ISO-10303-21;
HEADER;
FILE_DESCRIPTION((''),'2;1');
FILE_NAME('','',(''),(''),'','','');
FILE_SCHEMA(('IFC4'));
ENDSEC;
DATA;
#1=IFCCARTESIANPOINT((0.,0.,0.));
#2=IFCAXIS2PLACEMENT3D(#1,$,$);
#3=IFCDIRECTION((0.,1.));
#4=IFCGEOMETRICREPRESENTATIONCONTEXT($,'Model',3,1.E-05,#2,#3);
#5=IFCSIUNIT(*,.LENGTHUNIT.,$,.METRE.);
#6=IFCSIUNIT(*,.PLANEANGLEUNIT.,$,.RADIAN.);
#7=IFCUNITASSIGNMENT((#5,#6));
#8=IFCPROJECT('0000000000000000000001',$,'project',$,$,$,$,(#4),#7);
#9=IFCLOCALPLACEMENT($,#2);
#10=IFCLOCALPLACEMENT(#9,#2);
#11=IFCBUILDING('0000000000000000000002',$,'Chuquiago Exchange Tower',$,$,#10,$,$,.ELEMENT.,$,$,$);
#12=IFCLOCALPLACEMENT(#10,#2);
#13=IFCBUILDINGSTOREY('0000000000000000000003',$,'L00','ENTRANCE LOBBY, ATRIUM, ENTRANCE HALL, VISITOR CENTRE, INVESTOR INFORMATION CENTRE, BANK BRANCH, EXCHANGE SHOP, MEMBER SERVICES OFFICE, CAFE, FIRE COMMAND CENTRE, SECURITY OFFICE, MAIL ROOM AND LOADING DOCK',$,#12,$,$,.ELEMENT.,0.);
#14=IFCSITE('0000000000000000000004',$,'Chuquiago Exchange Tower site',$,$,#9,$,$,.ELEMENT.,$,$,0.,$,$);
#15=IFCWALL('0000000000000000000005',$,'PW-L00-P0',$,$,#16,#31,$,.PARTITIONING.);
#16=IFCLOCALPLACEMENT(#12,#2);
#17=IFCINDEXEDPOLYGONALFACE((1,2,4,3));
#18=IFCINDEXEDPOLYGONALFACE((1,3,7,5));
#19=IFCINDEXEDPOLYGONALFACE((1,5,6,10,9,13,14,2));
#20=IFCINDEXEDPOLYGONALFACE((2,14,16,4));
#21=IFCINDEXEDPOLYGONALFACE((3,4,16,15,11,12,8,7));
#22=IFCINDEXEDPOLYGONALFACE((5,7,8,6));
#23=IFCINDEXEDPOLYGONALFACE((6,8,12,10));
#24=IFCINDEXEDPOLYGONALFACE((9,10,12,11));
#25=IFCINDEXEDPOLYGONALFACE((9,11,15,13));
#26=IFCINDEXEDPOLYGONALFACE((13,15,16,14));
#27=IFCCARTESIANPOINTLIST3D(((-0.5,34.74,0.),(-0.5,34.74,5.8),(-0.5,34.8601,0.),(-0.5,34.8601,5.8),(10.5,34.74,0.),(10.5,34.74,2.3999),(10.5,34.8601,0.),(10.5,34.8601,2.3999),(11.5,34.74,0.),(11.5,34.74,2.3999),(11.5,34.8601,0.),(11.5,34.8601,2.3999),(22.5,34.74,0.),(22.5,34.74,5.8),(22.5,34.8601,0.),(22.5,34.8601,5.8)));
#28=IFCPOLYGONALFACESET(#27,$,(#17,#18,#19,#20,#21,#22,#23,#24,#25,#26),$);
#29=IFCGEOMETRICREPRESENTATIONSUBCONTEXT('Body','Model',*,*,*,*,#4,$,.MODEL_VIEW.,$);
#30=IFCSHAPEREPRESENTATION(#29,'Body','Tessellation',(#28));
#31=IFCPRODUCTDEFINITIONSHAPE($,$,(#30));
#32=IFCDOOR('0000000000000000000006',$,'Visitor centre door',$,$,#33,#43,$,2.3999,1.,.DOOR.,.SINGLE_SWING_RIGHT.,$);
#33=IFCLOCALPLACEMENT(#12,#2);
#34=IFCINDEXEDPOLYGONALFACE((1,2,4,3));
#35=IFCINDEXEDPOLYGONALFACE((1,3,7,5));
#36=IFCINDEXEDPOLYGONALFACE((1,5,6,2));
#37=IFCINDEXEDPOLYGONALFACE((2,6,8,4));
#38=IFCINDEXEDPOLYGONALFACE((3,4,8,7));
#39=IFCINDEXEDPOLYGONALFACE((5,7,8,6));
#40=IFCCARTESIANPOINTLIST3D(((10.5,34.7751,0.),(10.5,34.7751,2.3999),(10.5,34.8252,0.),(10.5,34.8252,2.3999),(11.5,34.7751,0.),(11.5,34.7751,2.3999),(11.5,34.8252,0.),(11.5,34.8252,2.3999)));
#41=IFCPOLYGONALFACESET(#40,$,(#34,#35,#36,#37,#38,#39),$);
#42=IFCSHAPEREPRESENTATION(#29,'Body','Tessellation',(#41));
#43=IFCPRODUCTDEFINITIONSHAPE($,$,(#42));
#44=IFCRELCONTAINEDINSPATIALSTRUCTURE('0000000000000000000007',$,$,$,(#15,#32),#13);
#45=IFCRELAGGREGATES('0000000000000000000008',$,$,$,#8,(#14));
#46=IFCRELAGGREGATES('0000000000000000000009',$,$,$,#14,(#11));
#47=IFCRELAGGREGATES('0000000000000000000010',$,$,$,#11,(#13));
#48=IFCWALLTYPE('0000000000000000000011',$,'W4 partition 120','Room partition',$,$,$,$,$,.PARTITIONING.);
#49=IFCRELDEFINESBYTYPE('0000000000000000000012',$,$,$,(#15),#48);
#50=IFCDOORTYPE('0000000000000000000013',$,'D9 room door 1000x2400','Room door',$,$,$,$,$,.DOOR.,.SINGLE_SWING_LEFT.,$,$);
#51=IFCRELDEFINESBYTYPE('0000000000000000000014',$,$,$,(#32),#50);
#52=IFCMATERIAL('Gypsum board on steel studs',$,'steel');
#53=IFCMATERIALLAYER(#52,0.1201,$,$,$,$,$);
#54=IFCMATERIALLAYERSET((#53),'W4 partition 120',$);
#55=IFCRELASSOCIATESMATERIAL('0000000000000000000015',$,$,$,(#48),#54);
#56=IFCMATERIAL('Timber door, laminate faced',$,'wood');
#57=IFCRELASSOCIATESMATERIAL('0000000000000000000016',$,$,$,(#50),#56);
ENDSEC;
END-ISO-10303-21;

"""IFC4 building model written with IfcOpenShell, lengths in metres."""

from ifc_helpers import new_model, si_unit, direction, frame, frame_2d, origin, place, context, subcontext, project, spatial, rectangle, extrude, material, layer, layer_set, type_object, element, fill, save


model = new_model("IFC4")

# Units and contexts
model_context = context("Model", 3, precision=1e-05, world=origin(), true_north=direction((0.0, 1.0)))
body_context = subcontext(model_context, "Body", "Model", "MODEL_VIEW")
ifc_project = project(units=[si_unit("LENGTHUNIT", "METRE"), si_unit("PLANEANGLEUNIT", "RADIAN")], contexts=[model_context])

# Site, building, storey
site_placement = place(None, origin())
site = spatial("IfcSite", under=ifc_project, at=site_placement, Name="Chuquiago Exchange Tower site", CompositionType="ELEMENT", RefElevation=0.0)
building_placement = place(site_placement, origin())
building = spatial("IfcBuilding", under=site, at=building_placement, Name="Chuquiago Exchange Tower", CompositionType="ELEMENT")
storey_placement = place(building_placement, origin())
storey = spatial("IfcBuildingStorey", under=building, at=storey_placement, Name="L00", Description="ENTRANCE LOBBY, ATRIUM, ENTRANCE HALL, VISITOR CENTRE, INVESTOR INFORMATION CENTRE, BANK BRANCH, EXCHANGE SHOP, MEMBER SERVICES OFFICE, CAFE, FIRE COMMAND CENTRE, SECURITY OFFICE, MAIL ROOM AND LOADING DOCK", CompositionType="ELEMENT", Elevation=0.0)

# Wall, opening, door
ifc_material_1 = material(Name="Gypsum board on steel studs", Category="steel")
ifc_layer_1 = layer(ifc_material_1, 0.1201)
ifc_layer_set_1 = layer_set([ifc_layer_1], Name="W4 partition 120")
wall_type_1 = type_object("IfcWallType", Name="W4 partition 120", Description="Room partition", PredefinedType="PARTITIONING", material=ifc_layer_set_1)
wall_1_placement = place(storey_placement, frame((-0.5, 34.8, 0.0), z_axis=(0.0, 0.0, 1.0), x_axis=(1.0, 0.0, 0.0)))
wall_1 = element("IfcWall", 1, at=wall_1_placement, inside=storey, type_object=wall_type_1, Name="PW-L00-P0", PredefinedType="PARTITIONING", context=body_context, shape_type="SweptSolid", body=[
    extrude(rectangle(XDim=23.0, YDim=0.1201, at=frame_2d((11.5, 0.0))), origin(), (0.0, 0.0, 1.0), 5.8),
])
opening_placement = place(wall_1_placement, frame((11.0, 0.0, 0.0)))
opening = element("IfcOpeningElement", 2, at=opening_placement, cuts=wall_1, PredefinedType="OPENING", context=body_context, shape_type="SweptSolid", body=[
    extrude(rectangle(XDim=1.0, YDim=2.3999, at=frame_2d((0.5, 1.2))), frame((0.0, 0.0701, 0.0), z_axis=(0.0, -1.0, 0.0), x_axis=(1.0, 0.0, 0.0)), (0.0, 0.0, 1.0), 0.1401),
])
ifc_material_2 = material(Name="Timber door, laminate faced", Category="wood")
door_type = type_object("IfcDoorType", Name="D9 room door 1000x2400", Description="Room door", OperationType="SINGLE_SWING_LEFT", PredefinedType="DOOR", material=ifc_material_2)
door_placement = place(opening_placement, frame((1.0, 0.0, 0.0), z_axis=(0.0, 0.0, 1.0), x_axis=(-1.0, 0.0, 0.0)))
door = element("IfcDoor", 3, at=door_placement, inside=storey, type_object=door_type, Name="Visitor centre door", OperationType="SINGLE_SWING_RIGHT", OverallHeight=2.3999, OverallWidth=1.0, PredefinedType="DOOR", context=body_context, shape_type="SweptSolid", body=[
    extrude(rectangle(XDim=1.0, YDim=2.3999, at=frame_2d((0.5, 1.2))), frame((0.0, 0.0249, 0.0), z_axis=(0.0, -1.0, 0.0), x_axis=(1.0, 0.0, 0.0)), (0.0, 0.0, 1.0), 0.05),
])
fill(opening, door)

save(model, "model.ifc")
